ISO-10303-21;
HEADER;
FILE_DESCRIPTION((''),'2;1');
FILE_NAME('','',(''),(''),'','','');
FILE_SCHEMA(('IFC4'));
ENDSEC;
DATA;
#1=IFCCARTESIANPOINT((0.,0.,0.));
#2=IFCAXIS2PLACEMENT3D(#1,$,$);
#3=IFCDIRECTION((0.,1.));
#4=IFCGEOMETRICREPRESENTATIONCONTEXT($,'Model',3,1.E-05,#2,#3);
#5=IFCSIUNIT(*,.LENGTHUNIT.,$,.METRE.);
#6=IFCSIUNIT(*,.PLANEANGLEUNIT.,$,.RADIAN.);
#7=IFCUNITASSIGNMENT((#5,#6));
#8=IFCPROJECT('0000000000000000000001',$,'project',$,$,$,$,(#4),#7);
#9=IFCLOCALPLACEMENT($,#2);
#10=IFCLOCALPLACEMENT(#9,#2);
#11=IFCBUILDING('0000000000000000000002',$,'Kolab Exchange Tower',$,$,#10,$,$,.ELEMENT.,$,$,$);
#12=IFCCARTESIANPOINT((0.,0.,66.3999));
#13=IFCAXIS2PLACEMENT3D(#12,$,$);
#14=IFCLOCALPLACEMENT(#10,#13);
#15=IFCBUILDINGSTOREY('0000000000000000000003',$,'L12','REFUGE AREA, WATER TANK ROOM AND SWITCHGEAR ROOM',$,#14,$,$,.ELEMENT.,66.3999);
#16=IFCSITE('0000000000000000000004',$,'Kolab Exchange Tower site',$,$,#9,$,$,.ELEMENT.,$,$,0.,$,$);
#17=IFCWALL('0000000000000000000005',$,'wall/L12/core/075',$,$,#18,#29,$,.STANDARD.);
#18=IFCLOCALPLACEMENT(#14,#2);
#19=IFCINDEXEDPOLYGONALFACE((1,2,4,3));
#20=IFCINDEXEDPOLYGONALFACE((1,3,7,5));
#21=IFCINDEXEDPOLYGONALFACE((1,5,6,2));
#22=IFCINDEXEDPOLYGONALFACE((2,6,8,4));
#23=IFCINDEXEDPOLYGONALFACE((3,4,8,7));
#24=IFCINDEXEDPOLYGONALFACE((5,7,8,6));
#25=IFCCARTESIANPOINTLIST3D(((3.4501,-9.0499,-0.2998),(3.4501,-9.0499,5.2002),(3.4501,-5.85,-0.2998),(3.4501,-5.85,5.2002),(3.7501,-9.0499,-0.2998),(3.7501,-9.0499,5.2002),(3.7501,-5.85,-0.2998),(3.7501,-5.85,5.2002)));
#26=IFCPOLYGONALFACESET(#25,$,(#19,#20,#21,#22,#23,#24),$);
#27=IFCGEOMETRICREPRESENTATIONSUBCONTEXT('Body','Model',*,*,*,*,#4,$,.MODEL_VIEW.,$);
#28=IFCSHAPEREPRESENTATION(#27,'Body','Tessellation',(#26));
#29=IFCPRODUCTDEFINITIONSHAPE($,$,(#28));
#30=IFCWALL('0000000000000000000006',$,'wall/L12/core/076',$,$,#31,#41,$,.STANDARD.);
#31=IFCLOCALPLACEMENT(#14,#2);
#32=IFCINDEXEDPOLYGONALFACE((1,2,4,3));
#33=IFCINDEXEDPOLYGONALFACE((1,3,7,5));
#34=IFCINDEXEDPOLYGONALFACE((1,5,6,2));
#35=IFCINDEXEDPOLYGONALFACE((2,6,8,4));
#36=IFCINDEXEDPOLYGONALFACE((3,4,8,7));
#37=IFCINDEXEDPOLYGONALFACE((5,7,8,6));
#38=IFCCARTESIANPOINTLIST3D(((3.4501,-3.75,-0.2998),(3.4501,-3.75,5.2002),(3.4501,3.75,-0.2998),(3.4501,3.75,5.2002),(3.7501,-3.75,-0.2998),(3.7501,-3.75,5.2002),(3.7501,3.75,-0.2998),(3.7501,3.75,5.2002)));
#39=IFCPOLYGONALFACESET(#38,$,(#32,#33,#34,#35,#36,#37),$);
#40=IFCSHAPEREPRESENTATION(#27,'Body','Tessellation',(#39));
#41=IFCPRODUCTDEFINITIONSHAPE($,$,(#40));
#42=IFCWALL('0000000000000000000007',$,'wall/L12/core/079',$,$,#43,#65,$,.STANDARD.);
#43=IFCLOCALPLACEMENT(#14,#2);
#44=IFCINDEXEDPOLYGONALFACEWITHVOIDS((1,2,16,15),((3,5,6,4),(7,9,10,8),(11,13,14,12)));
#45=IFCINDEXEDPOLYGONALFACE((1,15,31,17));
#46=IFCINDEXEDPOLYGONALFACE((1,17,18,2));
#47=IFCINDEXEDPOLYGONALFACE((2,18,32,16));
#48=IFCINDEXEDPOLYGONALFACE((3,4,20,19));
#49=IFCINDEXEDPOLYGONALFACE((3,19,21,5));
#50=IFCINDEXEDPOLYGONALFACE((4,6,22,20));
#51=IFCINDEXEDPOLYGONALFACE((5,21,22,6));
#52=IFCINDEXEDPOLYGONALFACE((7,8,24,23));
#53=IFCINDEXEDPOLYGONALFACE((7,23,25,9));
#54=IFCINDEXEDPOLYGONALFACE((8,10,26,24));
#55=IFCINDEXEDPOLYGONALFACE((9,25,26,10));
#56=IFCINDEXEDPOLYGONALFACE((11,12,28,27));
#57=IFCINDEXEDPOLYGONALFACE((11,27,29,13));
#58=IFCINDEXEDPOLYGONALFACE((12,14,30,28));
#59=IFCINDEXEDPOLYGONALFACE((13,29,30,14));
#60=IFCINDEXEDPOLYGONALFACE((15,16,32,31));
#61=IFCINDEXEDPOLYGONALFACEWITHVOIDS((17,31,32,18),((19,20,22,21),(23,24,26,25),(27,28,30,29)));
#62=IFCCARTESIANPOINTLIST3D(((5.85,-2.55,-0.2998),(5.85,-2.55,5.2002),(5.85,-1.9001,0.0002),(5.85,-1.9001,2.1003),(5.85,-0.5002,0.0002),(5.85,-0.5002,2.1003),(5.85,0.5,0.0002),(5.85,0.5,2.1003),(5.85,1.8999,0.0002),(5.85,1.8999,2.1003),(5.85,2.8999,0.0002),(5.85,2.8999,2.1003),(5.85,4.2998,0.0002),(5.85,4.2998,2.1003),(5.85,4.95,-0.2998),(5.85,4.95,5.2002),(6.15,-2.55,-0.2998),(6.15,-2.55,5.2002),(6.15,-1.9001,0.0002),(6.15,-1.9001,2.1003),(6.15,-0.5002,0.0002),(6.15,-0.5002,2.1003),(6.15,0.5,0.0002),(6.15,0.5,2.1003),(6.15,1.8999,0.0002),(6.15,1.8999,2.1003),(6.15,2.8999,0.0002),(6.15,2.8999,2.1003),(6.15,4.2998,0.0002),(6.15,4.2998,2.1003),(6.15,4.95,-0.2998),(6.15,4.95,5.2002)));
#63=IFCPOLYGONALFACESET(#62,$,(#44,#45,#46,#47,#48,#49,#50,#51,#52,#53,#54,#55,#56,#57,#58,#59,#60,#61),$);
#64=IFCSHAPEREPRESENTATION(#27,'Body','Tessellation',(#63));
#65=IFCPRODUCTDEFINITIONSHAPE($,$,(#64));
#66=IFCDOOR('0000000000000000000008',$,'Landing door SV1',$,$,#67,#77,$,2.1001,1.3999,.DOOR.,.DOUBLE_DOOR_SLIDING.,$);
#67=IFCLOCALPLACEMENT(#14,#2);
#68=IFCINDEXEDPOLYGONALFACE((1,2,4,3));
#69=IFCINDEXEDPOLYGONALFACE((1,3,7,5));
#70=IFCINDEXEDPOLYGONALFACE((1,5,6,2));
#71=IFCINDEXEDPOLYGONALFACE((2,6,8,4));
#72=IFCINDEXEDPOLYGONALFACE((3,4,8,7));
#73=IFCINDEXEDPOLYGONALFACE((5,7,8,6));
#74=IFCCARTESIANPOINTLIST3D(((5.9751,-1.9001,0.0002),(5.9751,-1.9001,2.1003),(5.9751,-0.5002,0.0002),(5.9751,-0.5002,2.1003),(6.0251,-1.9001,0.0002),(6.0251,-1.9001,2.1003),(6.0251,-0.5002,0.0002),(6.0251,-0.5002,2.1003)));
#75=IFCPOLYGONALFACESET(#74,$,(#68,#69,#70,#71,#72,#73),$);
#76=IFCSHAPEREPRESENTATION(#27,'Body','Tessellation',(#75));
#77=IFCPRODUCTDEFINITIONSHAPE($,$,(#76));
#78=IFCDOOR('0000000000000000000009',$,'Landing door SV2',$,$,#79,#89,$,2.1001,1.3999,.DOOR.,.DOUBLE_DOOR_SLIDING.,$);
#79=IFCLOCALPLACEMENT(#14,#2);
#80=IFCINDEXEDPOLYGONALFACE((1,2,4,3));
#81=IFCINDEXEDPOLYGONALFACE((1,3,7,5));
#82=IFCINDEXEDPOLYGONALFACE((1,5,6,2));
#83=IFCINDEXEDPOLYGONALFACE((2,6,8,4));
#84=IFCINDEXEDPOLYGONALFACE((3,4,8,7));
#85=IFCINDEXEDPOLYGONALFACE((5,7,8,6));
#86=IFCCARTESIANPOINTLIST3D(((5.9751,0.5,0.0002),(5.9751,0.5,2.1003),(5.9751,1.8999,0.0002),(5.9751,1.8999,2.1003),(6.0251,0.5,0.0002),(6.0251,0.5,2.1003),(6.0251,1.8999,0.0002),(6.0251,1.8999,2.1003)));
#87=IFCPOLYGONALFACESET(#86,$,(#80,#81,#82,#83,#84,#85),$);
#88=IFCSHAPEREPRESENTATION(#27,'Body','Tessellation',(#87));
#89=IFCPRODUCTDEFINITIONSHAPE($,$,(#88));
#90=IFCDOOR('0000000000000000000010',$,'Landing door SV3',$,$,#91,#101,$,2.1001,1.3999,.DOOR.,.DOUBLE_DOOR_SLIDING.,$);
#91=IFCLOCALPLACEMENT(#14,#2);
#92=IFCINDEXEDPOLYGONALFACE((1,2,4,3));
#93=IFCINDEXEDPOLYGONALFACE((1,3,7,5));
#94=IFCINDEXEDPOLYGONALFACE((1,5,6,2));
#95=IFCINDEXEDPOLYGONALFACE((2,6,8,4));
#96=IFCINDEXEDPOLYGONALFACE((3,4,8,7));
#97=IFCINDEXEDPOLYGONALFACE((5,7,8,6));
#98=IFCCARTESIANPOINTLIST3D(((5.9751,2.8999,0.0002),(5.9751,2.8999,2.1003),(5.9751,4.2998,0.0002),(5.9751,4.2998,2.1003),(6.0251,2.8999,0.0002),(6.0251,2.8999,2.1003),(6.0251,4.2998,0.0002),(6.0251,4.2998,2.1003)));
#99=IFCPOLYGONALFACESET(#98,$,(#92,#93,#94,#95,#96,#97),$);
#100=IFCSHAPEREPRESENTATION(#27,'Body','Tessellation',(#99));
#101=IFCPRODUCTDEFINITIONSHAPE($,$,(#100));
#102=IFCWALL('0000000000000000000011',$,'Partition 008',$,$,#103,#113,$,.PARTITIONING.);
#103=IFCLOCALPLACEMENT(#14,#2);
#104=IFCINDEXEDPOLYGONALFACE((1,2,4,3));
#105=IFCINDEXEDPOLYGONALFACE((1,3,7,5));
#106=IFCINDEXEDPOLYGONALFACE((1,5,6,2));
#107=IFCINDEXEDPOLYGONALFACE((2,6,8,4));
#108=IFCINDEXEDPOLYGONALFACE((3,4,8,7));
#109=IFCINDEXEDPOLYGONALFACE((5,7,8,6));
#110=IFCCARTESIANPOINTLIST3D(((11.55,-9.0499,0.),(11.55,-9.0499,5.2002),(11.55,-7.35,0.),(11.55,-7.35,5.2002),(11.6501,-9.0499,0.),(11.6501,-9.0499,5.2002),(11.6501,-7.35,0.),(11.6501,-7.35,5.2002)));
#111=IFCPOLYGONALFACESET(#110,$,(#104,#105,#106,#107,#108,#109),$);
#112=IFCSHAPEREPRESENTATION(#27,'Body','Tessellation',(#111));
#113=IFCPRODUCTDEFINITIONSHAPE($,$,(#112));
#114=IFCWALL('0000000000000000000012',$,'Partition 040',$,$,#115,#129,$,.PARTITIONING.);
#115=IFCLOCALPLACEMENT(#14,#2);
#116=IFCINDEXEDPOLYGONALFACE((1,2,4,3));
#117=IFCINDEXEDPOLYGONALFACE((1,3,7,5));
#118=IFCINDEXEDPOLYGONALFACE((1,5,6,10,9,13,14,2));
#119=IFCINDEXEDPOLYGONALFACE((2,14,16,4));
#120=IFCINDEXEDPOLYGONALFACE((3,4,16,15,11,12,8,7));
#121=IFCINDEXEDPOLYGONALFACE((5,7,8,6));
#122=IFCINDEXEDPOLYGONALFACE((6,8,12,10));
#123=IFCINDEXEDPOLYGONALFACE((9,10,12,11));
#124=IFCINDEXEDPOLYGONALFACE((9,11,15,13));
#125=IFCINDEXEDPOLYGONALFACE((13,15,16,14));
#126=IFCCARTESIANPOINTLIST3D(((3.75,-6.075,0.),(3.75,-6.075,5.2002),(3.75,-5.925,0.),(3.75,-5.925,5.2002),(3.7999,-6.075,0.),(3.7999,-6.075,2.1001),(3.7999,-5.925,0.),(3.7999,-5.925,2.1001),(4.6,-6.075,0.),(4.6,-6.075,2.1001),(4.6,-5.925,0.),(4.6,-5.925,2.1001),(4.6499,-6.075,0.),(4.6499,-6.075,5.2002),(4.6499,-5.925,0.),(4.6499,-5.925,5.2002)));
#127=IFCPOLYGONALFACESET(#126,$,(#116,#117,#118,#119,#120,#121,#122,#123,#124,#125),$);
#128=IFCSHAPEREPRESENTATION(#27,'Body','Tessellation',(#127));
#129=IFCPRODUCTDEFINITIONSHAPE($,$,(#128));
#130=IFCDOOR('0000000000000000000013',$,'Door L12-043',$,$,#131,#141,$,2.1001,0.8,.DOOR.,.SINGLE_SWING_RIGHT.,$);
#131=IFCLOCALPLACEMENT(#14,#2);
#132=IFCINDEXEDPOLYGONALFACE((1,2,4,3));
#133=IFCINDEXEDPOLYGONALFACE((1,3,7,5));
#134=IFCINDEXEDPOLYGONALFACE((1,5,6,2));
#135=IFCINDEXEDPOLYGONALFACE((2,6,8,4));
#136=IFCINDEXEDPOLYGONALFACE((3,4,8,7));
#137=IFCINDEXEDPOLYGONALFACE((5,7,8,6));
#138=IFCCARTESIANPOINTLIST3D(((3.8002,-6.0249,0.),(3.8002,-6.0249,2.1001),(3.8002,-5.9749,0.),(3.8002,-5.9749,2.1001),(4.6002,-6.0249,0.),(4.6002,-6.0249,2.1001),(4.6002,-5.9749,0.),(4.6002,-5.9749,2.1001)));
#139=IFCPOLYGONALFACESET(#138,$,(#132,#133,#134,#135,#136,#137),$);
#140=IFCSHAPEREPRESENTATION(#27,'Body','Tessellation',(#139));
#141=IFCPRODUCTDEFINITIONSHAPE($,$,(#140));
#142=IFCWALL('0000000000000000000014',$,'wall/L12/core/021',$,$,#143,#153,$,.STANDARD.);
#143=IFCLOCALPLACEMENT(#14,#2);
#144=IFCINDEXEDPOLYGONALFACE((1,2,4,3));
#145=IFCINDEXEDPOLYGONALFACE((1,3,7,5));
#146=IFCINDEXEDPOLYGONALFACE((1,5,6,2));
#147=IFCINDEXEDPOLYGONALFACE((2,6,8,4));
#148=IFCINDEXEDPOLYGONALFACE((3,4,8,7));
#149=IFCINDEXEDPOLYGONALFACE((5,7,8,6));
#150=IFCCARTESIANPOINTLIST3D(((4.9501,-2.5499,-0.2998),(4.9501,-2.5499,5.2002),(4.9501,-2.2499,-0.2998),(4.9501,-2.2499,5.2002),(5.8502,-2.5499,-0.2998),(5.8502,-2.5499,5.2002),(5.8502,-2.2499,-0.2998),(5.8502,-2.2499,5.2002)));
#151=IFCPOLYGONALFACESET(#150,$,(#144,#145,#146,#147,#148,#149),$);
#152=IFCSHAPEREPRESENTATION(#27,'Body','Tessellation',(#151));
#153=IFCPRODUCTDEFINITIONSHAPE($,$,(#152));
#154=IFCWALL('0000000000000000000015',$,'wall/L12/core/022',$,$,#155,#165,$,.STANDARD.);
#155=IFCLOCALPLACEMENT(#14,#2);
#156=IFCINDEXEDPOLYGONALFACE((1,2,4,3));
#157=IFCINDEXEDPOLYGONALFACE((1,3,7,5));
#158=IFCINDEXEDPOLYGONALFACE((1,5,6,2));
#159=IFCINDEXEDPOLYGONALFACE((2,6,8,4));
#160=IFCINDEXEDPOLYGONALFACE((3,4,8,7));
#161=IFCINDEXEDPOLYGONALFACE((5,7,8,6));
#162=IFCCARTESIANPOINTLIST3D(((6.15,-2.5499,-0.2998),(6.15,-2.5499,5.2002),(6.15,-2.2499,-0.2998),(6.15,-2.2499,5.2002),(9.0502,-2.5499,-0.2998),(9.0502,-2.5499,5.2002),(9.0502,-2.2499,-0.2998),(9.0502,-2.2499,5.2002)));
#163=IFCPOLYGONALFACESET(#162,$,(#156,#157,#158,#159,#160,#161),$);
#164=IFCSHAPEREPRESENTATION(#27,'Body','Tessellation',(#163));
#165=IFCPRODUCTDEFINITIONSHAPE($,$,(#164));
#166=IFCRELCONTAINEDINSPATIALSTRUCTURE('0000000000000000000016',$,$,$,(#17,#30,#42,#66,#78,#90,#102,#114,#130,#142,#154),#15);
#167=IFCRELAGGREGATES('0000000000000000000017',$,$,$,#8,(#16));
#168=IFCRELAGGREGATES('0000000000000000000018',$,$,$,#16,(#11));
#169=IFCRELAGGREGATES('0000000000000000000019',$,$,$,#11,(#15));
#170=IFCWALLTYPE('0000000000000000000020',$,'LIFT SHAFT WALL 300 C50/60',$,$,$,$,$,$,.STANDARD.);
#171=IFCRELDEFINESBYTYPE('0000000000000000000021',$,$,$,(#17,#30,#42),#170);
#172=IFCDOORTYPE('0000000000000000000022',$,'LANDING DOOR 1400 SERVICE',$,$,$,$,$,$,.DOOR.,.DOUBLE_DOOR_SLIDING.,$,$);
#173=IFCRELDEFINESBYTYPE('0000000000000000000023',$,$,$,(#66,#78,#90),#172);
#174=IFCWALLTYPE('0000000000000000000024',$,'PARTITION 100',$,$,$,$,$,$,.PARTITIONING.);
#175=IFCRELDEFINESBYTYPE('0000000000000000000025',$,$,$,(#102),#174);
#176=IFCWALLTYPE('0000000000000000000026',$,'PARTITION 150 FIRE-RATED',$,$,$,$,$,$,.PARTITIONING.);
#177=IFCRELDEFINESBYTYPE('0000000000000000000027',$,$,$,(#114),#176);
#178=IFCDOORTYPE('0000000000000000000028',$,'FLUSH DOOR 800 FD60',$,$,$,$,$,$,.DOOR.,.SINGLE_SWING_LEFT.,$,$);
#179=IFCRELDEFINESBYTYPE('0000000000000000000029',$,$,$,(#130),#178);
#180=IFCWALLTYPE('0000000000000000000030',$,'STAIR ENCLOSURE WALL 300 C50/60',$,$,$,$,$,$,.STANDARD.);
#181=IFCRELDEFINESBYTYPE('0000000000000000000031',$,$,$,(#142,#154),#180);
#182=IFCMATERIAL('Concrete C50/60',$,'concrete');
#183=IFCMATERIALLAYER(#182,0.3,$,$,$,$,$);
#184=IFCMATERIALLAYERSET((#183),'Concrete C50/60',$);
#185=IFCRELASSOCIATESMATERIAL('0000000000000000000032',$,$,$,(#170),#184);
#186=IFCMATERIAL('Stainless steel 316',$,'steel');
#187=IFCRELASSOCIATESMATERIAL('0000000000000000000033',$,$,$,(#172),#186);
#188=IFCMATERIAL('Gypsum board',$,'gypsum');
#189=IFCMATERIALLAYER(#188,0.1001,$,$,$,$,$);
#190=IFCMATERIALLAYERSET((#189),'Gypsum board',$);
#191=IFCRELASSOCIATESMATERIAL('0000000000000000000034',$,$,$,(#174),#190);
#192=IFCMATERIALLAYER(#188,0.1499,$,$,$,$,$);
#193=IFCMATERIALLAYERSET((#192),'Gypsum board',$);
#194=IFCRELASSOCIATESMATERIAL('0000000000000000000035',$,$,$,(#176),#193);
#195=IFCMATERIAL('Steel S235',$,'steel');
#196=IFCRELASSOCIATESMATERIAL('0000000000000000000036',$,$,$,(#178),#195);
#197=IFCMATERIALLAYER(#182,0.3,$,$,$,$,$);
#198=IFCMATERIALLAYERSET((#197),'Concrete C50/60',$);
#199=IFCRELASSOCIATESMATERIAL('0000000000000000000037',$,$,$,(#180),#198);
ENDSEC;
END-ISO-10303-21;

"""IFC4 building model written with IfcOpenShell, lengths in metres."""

from ifc_helpers import new_model, si_unit, direction, frame, frame_2d, origin, place, context, subcontext, project, spatial, rectangle, extrude, material, layer, layer_set, type_object, element, fill, save


model = new_model("IFC4")

# Units and contexts
model_context = context("Model", 3, precision=1e-05, world=origin(), true_north=direction((0.0, 1.0)))
body_context = subcontext(model_context, "Body", "Model", "MODEL_VIEW")
ifc_project = project(units=[si_unit("LENGTHUNIT", "METRE"), si_unit("PLANEANGLEUNIT", "RADIAN")], contexts=[model_context])

# Site, building, storey
site_placement = place(None, origin())
site = spatial("IfcSite", under=ifc_project, at=site_placement, Name="Kolab Exchange Tower site", CompositionType="ELEMENT", RefElevation=0.0)
building_placement = place(site_placement, origin())
building = spatial("IfcBuilding", under=site, at=building_placement, Name="Kolab Exchange Tower", CompositionType="ELEMENT")
storey_placement = place(building_placement, frame((0.0, 0.0, 66.3999)))
storey = spatial("IfcBuildingStorey", under=building, at=storey_placement, Name="L12", Description="REFUGE AREA, WATER TANK ROOM AND SWITCHGEAR ROOM", CompositionType="ELEMENT", Elevation=66.3999)

# Shared definitions
ifc_material_1 = material(Name="Steel S235", Category="steel")

# Shared definitions
ifc_material_2 = material(Name="Concrete C50/60", Category="concrete")
ifc_layer_1 = layer(ifc_material_2, 0.3)
ifc_layer_set_1 = layer_set([ifc_layer_1], Name="Concrete C50/60")
wall_type_1 = type_object("IfcWallType", Name="LIFT SHAFT WALL 300 C50/60", PredefinedType="STANDARD", material=ifc_layer_set_1)

# Walls
wall_1_placement = place(storey_placement, frame((3.6001, -9.05, -0.2998), z_axis=(0.0, 0.0, 1.0), x_axis=(0.0, 1.0, 0.0)))
element("IfcWall", 1, at=wall_1_placement, inside=storey, type_object=wall_type_1, Name="wall/L12/core/075", PredefinedType="STANDARD", context=body_context, shape_type="SweptSolid", body=[
    extrude(rectangle(XDim=3.2, YDim=0.3, at=frame_2d((1.6001, 0.0))), origin(), (0.0, 0.0, 1.0), 5.5),
])
wall_2_placement = place(storey_placement, frame((3.6001, -3.75, -0.2998), z_axis=(0.0, 0.0, 1.0), x_axis=(0.0, 1.0, 0.0)))
element("IfcWall", 2, at=wall_2_placement, inside=storey, type_object=wall_type_1, Name="wall/L12/core/076", PredefinedType="STANDARD", context=body_context, shape_type="SweptSolid", body=[
    extrude(rectangle(XDim=7.5, YDim=0.3, at=frame_2d((3.75, 0.0))), origin(), (0.0, 0.0, 1.0), 5.5),
])

# Wall, openings, doors
wall_3_placement = place(storey_placement, frame((6.0, -2.55, -0.2998), z_axis=(0.0, 0.0, 1.0), x_axis=(0.0, 1.0, 0.0)))
wall_3 = element("IfcWall", 3, at=wall_3_placement, inside=storey, type_object=wall_type_1, Name="wall/L12/core/079", PredefinedType="STANDARD", context=body_context, shape_type="SweptSolid", body=[
    extrude(rectangle(XDim=7.5, YDim=0.3, at=frame_2d((3.75, 0.0))), origin(), (0.0, 0.0, 1.0), 5.5),
])
opening_1_placement = place(wall_3_placement, frame((0.6499, 0.0, 0.3)))
opening_1 = element("IfcOpeningElement", 4, at=opening_1_placement, cuts=wall_3, PredefinedType="OPENING", context=body_context, shape_type="SweptSolid", body=[
    extrude(rectangle(XDim=1.3999, YDim=2.1001, at=frame_2d((0.7, 1.05))), frame((0.0, 0.1602, 0.0), z_axis=(0.0, -1.0, 0.0), x_axis=(1.0, 0.0, 0.0)), (0.0, 0.0, 1.0), 0.3201),
])
opening_2_placement = place(wall_3_placement, frame((3.05, 0.0, 0.3)))
opening_2 = element("IfcOpeningElement", 5, at=opening_2_placement, cuts=wall_3, PredefinedType="OPENING", context=body_context, shape_type="SweptSolid", body=[
    extrude(rectangle(XDim=1.3999, YDim=2.1001, at=frame_2d((0.7, 1.05))), frame((0.0, 0.1602, 0.0), z_axis=(0.0, -1.0, 0.0), x_axis=(1.0, 0.0, 0.0)), (0.0, 0.0, 1.0), 0.3201),
])
opening_3_placement = place(wall_3_placement, frame((5.45, 0.0, 0.3)))
opening_3 = element("IfcOpeningElement", 6, at=opening_3_placement, cuts=wall_3, PredefinedType="OPENING", context=body_context, shape_type="SweptSolid", body=[
    extrude(rectangle(XDim=1.3999, YDim=2.1001, at=frame_2d((0.7, 1.05))), frame((0.0, 0.1602, 0.0), z_axis=(0.0, -1.0, 0.0), x_axis=(1.0, 0.0, 0.0)), (0.0, 0.0, 1.0), 0.3201),
])
ifc_material_3 = material(Name="Stainless steel 316", Category="steel")
door_type_1 = type_object("IfcDoorType", Name="LANDING DOOR 1400 SERVICE", OperationType="DOUBLE_DOOR_SLIDING", PredefinedType="DOOR", material=ifc_material_3)
door_1_placement = place(opening_1_placement, origin())
door_1 = element("IfcDoor", 7, at=door_1_placement, inside=storey, type_object=door_type_1, Name="Landing door SV1", OperationType="DOUBLE_DOOR_SLIDING", OverallHeight=2.1001, OverallWidth=1.3999, PredefinedType="DOOR", context=body_context, shape_type="SweptSolid", body=[
    extrude(rectangle(XDim=1.3999, YDim=2.1001, at=frame_2d((0.7, 1.05))), frame((0.0, 0.0249, 0.0), z_axis=(0.0, -1.0, 0.0), x_axis=(1.0, 0.0, 0.0)), (0.0, 0.0, 1.0), 0.05),
])
fill(opening_1, door_1)
door_2_placement = place(opening_2_placement, origin())
door_2 = element("IfcDoor", 8, at=door_2_placement, inside=storey, type_object=door_type_1, Name="Landing door SV2", OperationType="DOUBLE_DOOR_SLIDING", OverallHeight=2.1001, OverallWidth=1.3999, PredefinedType="DOOR", context=body_context, shape_type="SweptSolid", body=[
    extrude(rectangle(XDim=1.3999, YDim=2.1001, at=frame_2d((0.7, 1.05))), frame((0.0, 0.0249, 0.0), z_axis=(0.0, -1.0, 0.0), x_axis=(1.0, 0.0, 0.0)), (0.0, 0.0, 1.0), 0.05),
])
fill(opening_2, door_2)
door_3_placement = place(opening_3_placement, origin())
door_3 = element("IfcDoor", 9, at=door_3_placement, inside=storey, type_object=door_type_1, Name="Landing door SV3", OperationType="DOUBLE_DOOR_SLIDING", OverallHeight=2.1001, OverallWidth=1.3999, PredefinedType="DOOR", context=body_context, shape_type="SweptSolid", body=[
    extrude(rectangle(XDim=1.3999, YDim=2.1001, at=frame_2d((0.7, 1.05))), frame((0.0, 0.0249, 0.0), z_axis=(0.0, -1.0, 0.0), x_axis=(1.0, 0.0, 0.0)), (0.0, 0.0, 1.0), 0.05),
])
fill(opening_3, door_3)

# Wall
ifc_material_4 = material(Name="Gypsum board", Category="gypsum")
ifc_layer_2 = layer(ifc_material_4, 0.1001)
ifc_layer_set_2 = layer_set([ifc_layer_2], Name="Gypsum board")
wall_type_2 = type_object("IfcWallType", Name="PARTITION 100", PredefinedType="PARTITIONING", material=ifc_layer_set_2)
wall_4_placement = place(storey_placement, frame((11.6001, -9.05, 0.0), z_axis=(0.0, 0.0, 1.0), x_axis=(0.0, 1.0, 0.0)))
element("IfcWall", 10, at=wall_4_placement, inside=storey, type_object=wall_type_2, Name="Partition 008", PredefinedType="PARTITIONING", context=body_context, shape_type="SweptSolid", body=[
    extrude(rectangle(XDim=1.7, YDim=0.1001, at=frame_2d((0.8501, 0.0))), origin(), (0.0, 0.0, 1.0), 5.2002),
])

# Wall, opening, door
ifc_layer_3 = layer(ifc_material_4, 0.1499)
ifc_layer_set_3 = layer_set([ifc_layer_3], Name="Gypsum board")
wall_type_3 = type_object("IfcWallType", Name="PARTITION 150 FIRE-RATED", PredefinedType="PARTITIONING", material=ifc_layer_set_3)
wall_5_placement = place(storey_placement, frame((3.75, -6.0, 0.0), z_axis=(0.0, 0.0, 1.0), x_axis=(1.0, 0.0, 0.0)))
wall_5 = element("IfcWall", 11, at=wall_5_placement, inside=storey, type_object=wall_type_3, Name="Partition 040", PredefinedType="PARTITIONING", context=body_context, shape_type="SweptSolid", body=[
    extrude(rectangle(XDim=0.8999, YDim=0.1499, at=frame_2d((0.45, 0.0))), origin(), (0.0, 0.0, 1.0), 5.2002),
])
opening_4_placement = place(wall_5_placement, frame((0.05, 0.0, 0.0)))
opening_4 = element("IfcOpeningElement", 12, at=opening_4_placement, cuts=wall_5, PredefinedType="OPENING", context=body_context, shape_type="SweptSolid", body=[
    extrude(rectangle(XDim=0.8, YDim=2.1001, at=frame_2d((0.3999, 1.05))), frame((0.0, 0.085, 0.0), z_axis=(0.0, -1.0, 0.0), x_axis=(1.0, 0.0, 0.0)), (0.0, 0.0, 1.0), 0.1699),
])
door_type_2 = type_object("IfcDoorType", Name="FLUSH DOOR 800 FD60", OperationType="SINGLE_SWING_LEFT", PredefinedType="DOOR", material=ifc_material_1)
door_4_placement = place(opening_4_placement, frame((0.8, 0.0, 0.0), z_axis=(0.0, 0.0, 1.0), x_axis=(-1.0, 0.0, 0.0)))
door_4 = element("IfcDoor", 13, at=door_4_placement, inside=storey, type_object=door_type_2, Name="Door L12-043", OperationType="SINGLE_SWING_RIGHT", OverallHeight=2.1001, OverallWidth=0.8, PredefinedType="DOOR", context=body_context, shape_type="SweptSolid", body=[
    extrude(rectangle(XDim=0.8, YDim=2.1001, at=frame_2d((0.3999, 1.05))), frame((0.0, 0.0249, 0.0), z_axis=(0.0, -1.0, 0.0), x_axis=(1.0, 0.0, 0.0)), (0.0, 0.0, 1.0), 0.05),
])
fill(opening_4, door_4)

# Walls
ifc_layer_4 = layer(ifc_material_2, 0.3)
ifc_layer_set_4 = layer_set([ifc_layer_4], Name="Concrete C50/60")
wall_type_4 = type_object("IfcWallType", Name="STAIR ENCLOSURE WALL 300 C50/60", PredefinedType="STANDARD", material=ifc_layer_set_4)
wall_6_placement = place(storey_placement, frame((4.95, -2.3999, -0.2998), z_axis=(0.0, 0.0, 1.0), x_axis=(1.0, 0.0, 0.0)))
element("IfcWall", 14, at=wall_6_placement, inside=storey, type_object=wall_type_4, Name="wall/L12/core/021", PredefinedType="STANDARD", context=body_context, shape_type="SweptSolid", body=[
    extrude(rectangle(XDim=0.9001, YDim=0.3, at=frame_2d((0.4502, 0.0))), origin(), (0.0, 0.0, 1.0), 5.5),
])
wall_7_placement = place(storey_placement, frame((6.1499, -2.3999, -0.2998), z_axis=(0.0, 0.0, 1.0), x_axis=(1.0, 0.0, 0.0)))
element("IfcWall", 15, at=wall_7_placement, inside=storey, type_object=wall_type_4, Name="wall/L12/core/022", PredefinedType="STANDARD", context=body_context, shape_type="SweptSolid", body=[
    extrude(rectangle(XDim=2.9001, YDim=0.3, at=frame_2d((1.4502, 0.0))), origin(), (0.0, 0.0, 1.0), 5.5),
])

save(model, "model.ifc")
